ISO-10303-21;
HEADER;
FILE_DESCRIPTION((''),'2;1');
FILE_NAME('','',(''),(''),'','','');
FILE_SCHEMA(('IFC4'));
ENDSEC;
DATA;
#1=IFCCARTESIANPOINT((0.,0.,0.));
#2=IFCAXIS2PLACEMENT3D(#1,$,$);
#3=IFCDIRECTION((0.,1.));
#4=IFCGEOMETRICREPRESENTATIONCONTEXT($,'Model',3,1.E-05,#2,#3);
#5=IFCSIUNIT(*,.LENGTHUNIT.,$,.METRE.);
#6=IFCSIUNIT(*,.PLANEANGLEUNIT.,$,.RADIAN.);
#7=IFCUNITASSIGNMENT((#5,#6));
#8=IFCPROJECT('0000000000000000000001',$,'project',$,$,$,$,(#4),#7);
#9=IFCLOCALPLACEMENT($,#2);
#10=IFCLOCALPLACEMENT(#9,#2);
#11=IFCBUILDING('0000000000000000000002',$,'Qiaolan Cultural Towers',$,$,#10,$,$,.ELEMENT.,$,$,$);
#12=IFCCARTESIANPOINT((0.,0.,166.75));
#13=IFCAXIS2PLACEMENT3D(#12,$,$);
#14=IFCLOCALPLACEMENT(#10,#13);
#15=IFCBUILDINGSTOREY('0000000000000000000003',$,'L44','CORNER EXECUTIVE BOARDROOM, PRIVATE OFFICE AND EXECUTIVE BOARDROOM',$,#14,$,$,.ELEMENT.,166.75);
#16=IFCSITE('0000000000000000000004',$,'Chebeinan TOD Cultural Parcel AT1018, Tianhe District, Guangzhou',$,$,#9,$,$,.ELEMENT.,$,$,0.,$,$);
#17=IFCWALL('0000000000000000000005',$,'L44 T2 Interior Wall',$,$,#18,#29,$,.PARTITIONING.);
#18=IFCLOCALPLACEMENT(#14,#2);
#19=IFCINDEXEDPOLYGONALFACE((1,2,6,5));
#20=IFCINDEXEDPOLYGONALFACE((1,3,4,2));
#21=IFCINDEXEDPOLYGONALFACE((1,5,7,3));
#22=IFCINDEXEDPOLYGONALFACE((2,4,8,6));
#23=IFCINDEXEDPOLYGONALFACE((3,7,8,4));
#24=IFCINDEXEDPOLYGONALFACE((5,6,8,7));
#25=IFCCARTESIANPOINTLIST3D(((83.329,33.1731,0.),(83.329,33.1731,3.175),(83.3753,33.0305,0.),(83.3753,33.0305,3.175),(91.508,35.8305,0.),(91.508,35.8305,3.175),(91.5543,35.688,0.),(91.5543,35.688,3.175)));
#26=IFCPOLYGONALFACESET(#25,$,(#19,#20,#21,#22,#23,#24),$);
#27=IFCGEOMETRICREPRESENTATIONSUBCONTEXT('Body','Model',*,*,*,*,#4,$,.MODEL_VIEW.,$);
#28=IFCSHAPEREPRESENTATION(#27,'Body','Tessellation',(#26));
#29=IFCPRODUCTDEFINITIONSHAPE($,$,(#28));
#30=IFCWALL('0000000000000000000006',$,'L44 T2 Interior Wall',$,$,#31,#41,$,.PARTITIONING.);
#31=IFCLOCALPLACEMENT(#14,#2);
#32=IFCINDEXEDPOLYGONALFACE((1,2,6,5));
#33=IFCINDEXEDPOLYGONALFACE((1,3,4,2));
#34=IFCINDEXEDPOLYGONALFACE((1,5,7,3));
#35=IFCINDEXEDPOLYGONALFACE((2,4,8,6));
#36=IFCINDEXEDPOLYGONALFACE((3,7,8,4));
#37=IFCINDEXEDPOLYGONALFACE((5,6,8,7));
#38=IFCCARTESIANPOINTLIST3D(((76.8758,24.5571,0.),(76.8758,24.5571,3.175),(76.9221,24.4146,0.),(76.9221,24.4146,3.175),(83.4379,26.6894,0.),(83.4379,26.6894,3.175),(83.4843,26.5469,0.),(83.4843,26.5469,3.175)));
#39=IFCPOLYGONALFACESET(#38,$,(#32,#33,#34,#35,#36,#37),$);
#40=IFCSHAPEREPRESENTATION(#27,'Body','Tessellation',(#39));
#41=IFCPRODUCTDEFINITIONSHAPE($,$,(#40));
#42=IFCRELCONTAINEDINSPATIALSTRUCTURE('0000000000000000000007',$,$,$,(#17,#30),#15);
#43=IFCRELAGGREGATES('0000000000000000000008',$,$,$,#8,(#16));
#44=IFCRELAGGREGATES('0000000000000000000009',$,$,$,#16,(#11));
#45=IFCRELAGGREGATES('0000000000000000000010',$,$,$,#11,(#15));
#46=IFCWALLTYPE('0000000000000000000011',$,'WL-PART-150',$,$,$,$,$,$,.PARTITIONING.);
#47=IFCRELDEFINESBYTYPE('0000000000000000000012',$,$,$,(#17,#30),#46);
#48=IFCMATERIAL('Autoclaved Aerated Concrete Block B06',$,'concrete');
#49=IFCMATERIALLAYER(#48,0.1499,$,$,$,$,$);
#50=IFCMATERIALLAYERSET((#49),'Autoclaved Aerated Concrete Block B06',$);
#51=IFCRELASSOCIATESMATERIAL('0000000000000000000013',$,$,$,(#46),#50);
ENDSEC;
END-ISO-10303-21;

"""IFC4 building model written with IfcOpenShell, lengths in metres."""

from ifc_helpers import new_model, si_unit, direction, frame, frame_2d, origin, place, context, subcontext, project, spatial, rectangle, extrude, material, layer, layer_set, type_object, element, save


model = new_model("IFC4")

# Units and contexts
model_context = context("Model", 3, precision=1e-05, world=origin(), true_north=direction((0.0, 1.0)))
body_context = subcontext(model_context, "Body", "Model", "MODEL_VIEW")
ifc_project = project(units=[si_unit("LENGTHUNIT", "METRE"), si_unit("PLANEANGLEUNIT", "RADIAN")], contexts=[model_context])

# Site, building, storey
site_placement = place(None, origin())
site = spatial("IfcSite", under=ifc_project, at=site_placement, Name="Chebeinan TOD Cultural Parcel AT1018, Tianhe District, Guangzhou", CompositionType="ELEMENT", RefElevation=0.0)
building_placement = place(site_placement, origin())
building = spatial("IfcBuilding", under=site, at=building_placement, Name="Qiaolan Cultural Towers", CompositionType="ELEMENT")
storey_placement = place(building_placement, frame((0.0, 0.0, 166.75)))
storey = spatial("IfcBuildingStorey", under=building, at=storey_placement, Name="L44", Description="CORNER EXECUTIVE BOARDROOM, PRIVATE OFFICE AND EXECUTIVE BOARDROOM", CompositionType="ELEMENT", Elevation=166.75)

# Shared definitions
ifc_material_1 = material(Name="Autoclaved Aerated Concrete Block B06", Category="concrete")
ifc_layer_1 = layer(ifc_material_1, 0.1499)
ifc_layer_set_1 = layer_set([ifc_layer_1], Name="Autoclaved Aerated Concrete Block B06")
wall_type_1 = type_object("IfcWallType", Name="WL-PART-150", PredefinedType="PARTITIONING", material=ifc_layer_set_1)

# Walls
wall_1_placement = place(storey_placement, frame((83.3523, 33.1018, 0.0), z_axis=(0.0, 0.0, 1.0), x_axis=(0.951058, 0.309014, 0.0)))
element("IfcWall", 1, at=wall_1_placement, inside=storey, type_object=wall_type_1, Name="L44 T2 Interior Wall", PredefinedType="PARTITIONING", context=body_context, shape_type="SweptSolid", body=[
    extrude(rectangle(XDim=8.5999, YDim=0.1499, at=frame_2d((4.2998, 0.0))), origin(), (0.0, 0.0, 1.0), 3.175),
])
wall_2_placement = place(storey_placement, frame((76.8989, 24.4858, 0.0), z_axis=(0.0, 0.0, 1.0), x_axis=(0.951051, 0.309032, 0.0)))
element("IfcWall", 2, at=wall_2_placement, inside=storey, type_object=wall_type_1, Name="L44 T2 Interior Wall", PredefinedType="PARTITIONING", context=body_context, shape_type="SweptSolid", body=[
    extrude(rectangle(XDim=6.8999, YDim=0.1499, at=frame_2d((3.45, 0.0))), origin(), (0.0, 0.0, 1.0), 3.175),
])

save(model, "model.ifc")
